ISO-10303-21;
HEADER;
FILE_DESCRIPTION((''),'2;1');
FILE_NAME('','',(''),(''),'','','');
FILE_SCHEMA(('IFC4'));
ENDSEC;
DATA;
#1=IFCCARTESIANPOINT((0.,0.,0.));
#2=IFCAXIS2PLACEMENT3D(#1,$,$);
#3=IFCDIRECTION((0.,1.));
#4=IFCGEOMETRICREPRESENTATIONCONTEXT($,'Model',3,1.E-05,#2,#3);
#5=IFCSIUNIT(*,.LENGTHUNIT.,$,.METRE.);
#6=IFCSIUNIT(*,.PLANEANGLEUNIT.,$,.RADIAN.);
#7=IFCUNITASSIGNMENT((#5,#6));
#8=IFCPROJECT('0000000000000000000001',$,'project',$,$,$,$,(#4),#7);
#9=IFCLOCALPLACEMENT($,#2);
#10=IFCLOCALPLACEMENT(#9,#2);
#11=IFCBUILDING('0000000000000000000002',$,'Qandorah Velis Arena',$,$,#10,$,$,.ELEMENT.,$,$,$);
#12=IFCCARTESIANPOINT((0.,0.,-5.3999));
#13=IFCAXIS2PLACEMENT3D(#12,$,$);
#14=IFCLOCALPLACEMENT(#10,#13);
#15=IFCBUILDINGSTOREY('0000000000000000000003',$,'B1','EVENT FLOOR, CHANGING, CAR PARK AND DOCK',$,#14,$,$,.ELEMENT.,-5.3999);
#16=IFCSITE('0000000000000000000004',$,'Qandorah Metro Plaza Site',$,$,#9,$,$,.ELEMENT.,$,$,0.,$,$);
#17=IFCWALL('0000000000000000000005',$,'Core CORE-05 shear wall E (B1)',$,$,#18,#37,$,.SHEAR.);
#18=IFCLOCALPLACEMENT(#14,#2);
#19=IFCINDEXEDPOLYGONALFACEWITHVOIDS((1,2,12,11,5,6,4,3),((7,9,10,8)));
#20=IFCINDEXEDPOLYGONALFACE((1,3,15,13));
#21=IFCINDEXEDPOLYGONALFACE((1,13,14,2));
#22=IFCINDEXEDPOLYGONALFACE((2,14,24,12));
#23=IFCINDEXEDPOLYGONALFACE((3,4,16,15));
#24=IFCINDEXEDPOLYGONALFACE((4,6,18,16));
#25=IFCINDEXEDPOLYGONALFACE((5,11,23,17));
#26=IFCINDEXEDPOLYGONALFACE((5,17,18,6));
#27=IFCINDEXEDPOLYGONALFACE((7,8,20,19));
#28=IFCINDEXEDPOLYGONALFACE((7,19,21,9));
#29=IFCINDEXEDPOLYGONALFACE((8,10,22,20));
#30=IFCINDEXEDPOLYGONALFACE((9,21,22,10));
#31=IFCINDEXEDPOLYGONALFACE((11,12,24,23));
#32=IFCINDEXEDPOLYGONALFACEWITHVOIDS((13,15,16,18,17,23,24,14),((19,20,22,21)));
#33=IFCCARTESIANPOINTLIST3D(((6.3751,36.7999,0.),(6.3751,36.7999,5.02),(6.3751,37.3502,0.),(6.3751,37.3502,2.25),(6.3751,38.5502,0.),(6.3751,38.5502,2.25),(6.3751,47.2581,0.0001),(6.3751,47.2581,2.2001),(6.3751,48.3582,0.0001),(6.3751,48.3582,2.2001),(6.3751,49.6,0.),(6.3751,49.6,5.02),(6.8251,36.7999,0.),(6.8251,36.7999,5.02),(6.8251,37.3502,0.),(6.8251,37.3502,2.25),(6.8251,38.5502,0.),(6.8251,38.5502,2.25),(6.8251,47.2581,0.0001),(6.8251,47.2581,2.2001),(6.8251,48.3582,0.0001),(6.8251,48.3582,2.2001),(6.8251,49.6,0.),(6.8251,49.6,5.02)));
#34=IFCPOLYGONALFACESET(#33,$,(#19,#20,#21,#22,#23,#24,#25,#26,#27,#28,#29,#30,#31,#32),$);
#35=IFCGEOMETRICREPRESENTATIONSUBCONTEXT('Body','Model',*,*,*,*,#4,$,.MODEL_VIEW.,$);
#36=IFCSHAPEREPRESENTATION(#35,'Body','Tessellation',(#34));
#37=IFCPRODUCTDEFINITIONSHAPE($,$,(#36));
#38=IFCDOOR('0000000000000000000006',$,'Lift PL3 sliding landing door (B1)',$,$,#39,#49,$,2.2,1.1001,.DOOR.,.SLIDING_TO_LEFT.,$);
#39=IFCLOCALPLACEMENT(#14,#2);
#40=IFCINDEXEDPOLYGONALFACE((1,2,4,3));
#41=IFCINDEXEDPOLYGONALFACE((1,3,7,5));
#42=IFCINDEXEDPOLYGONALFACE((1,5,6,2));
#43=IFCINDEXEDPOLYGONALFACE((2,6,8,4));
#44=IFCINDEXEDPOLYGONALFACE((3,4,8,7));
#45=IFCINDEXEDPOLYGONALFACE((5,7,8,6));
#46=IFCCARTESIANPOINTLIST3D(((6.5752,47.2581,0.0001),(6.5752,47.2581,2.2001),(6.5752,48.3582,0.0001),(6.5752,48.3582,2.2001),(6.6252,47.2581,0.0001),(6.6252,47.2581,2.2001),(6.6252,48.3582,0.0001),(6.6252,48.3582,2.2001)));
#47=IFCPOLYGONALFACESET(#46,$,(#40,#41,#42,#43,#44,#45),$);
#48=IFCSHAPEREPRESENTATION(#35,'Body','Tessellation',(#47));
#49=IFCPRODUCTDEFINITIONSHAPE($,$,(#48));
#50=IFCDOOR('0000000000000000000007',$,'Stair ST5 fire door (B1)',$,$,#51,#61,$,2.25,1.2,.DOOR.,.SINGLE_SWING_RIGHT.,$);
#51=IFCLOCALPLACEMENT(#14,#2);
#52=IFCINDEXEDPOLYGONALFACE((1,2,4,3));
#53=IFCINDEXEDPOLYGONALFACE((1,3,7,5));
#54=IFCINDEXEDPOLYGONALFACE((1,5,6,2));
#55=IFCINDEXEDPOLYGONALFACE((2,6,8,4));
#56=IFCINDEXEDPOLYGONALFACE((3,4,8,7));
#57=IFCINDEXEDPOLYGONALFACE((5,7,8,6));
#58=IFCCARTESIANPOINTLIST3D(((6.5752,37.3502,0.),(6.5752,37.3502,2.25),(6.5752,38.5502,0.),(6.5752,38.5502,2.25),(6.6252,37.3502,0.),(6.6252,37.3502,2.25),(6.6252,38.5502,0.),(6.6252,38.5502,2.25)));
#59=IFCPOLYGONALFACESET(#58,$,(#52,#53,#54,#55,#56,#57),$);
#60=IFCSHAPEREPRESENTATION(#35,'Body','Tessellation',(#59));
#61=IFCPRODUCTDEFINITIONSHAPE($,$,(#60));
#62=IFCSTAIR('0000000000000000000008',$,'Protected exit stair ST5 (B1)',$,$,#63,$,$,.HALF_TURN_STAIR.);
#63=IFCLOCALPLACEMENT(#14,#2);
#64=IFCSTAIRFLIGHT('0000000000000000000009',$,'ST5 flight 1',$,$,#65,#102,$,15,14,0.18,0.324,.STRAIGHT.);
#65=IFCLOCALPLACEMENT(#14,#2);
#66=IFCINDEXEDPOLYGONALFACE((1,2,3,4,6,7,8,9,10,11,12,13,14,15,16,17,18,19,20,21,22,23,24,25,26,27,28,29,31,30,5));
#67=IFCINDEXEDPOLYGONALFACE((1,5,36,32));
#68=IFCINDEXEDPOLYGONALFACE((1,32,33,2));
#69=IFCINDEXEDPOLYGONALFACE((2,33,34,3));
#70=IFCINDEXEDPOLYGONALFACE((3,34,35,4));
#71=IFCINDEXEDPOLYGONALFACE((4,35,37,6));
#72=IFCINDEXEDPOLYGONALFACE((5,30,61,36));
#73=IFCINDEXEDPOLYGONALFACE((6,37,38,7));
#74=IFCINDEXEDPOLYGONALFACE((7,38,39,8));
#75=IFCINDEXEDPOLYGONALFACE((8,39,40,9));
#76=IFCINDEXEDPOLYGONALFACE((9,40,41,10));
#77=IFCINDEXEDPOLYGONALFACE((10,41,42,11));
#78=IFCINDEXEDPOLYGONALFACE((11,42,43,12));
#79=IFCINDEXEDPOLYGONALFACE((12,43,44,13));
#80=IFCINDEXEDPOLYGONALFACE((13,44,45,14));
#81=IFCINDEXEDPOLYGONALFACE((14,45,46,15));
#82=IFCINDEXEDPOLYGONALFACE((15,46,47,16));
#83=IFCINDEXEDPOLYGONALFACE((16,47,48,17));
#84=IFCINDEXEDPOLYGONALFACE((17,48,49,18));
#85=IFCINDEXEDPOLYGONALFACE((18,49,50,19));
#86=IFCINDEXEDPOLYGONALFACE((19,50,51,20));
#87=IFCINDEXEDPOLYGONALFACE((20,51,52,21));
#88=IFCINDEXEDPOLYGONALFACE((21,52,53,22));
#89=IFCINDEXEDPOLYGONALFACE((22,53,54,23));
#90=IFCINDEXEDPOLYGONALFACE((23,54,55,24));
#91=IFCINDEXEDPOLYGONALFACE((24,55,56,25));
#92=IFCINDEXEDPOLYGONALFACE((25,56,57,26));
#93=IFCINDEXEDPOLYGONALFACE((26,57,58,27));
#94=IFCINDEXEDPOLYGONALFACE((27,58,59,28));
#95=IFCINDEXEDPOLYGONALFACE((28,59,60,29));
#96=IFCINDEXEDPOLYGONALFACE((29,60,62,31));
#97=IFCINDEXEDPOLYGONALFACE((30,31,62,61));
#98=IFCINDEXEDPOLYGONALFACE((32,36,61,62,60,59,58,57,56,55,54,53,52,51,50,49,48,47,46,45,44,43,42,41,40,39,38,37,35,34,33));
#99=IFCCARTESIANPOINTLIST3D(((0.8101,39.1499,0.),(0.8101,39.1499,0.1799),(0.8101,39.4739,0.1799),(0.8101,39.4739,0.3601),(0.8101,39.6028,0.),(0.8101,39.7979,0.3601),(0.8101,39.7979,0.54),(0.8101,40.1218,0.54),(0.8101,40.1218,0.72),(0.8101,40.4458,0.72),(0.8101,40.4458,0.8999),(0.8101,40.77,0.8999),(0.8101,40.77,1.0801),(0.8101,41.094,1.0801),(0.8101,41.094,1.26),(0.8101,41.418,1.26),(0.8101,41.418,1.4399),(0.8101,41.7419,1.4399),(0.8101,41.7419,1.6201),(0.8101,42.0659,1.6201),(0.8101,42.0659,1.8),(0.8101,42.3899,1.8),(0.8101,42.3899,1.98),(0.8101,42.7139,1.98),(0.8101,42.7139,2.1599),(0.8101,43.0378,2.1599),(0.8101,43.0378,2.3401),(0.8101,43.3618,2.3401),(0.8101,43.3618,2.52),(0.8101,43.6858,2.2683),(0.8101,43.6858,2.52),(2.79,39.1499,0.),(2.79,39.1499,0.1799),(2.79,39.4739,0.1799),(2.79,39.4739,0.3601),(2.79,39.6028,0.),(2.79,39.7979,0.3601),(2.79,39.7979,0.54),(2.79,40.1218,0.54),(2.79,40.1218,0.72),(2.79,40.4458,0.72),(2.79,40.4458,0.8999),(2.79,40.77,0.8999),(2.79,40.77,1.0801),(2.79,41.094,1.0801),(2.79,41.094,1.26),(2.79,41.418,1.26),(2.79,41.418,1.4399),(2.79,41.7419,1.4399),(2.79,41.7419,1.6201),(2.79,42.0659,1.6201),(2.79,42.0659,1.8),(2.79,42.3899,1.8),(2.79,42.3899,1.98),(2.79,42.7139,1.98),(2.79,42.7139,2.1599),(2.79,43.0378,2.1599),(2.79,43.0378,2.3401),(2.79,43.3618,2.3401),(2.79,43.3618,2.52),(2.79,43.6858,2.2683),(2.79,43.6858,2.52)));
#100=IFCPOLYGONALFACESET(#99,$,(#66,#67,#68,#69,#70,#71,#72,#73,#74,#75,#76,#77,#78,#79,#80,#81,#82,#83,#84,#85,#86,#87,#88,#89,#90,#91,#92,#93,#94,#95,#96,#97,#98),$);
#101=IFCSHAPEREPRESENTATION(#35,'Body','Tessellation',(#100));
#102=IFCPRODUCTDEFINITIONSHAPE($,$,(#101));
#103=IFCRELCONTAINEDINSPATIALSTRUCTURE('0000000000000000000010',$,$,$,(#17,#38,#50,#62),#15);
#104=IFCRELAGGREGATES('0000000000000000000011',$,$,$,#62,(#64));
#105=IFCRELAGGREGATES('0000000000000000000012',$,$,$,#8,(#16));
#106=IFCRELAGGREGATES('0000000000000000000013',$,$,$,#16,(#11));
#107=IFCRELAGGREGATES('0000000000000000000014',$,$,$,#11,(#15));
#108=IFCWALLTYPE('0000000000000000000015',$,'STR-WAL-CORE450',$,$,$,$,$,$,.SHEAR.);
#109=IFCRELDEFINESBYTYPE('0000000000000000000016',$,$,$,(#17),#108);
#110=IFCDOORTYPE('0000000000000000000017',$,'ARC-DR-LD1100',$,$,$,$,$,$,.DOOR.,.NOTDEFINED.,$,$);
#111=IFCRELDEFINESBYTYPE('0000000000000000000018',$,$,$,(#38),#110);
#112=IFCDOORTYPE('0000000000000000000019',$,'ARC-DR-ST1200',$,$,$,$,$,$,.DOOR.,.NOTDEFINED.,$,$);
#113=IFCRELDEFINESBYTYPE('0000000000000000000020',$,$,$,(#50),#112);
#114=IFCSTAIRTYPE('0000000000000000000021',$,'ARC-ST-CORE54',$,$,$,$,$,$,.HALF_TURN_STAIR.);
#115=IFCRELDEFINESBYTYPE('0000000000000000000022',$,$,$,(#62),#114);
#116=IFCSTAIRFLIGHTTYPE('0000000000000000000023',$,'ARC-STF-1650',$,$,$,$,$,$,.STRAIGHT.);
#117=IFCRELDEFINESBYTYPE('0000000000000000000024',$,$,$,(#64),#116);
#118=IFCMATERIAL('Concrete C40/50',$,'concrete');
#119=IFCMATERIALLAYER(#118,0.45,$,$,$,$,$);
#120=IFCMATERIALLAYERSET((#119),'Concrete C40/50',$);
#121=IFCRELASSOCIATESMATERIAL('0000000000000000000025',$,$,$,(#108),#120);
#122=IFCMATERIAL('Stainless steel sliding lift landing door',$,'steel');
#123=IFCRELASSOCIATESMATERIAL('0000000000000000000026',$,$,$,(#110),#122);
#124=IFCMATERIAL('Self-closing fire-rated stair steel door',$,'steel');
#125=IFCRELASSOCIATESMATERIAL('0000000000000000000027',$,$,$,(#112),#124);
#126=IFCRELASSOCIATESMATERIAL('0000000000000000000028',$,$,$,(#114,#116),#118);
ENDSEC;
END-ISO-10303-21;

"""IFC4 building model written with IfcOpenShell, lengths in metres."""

from ifc_helpers import new_model, si_unit, direction, frame, frame_2d, origin, place, context, subcontext, project, spatial, polyline, rectangle, outline, extrude, material, layer, layer_set, type_object, element, fill, aggregate, save


model = new_model("IFC4")

# Units and contexts
model_context = context("Model", 3, precision=1e-05, world=origin(), true_north=direction((0.0, 1.0)))
body_context = subcontext(model_context, "Body", "Model", "MODEL_VIEW")
ifc_project = project(units=[si_unit("LENGTHUNIT", "METRE"), si_unit("PLANEANGLEUNIT", "RADIAN")], contexts=[model_context])

# Site, building, storey
site_placement = place(None, origin())
site = spatial("IfcSite", under=ifc_project, at=site_placement, Name="Qandorah Metro Plaza Site", CompositionType="ELEMENT", RefElevation=0.0)
building_placement = place(site_placement, origin())
building = spatial("IfcBuilding", under=site, at=building_placement, Name="Qandorah Velis Arena", CompositionType="ELEMENT")
storey_placement = place(building_placement, frame((0.0, 0.0, -5.3999)))
storey = spatial("IfcBuildingStorey", under=building, at=storey_placement, Name="B1", Description="EVENT FLOOR, CHANGING, CAR PARK AND DOCK", CompositionType="ELEMENT", Elevation=-5.3999)

# Shared definitions
ifc_material_1 = material(Name="Concrete C40/50", Category="concrete")

# Shared definitions
ifc_layer = layer(ifc_material_1, 0.45)
ifc_layer_set = layer_set([ifc_layer], Name="Concrete C40/50")
wall_type = type_object("IfcWallType", Name="STR-WAL-CORE450", PredefinedType="SHEAR", material=ifc_layer_set)

# Wall, openings, doors
wall_1_placement = place(storey_placement, frame((6.6001, 36.8, 0.0), z_axis=(0.0, 0.0, 1.0), x_axis=(0.0, 1.0, 0.0)))
wall_1 = element("IfcWall", 1, at=wall_1_placement, inside=storey, type_object=wall_type, Name="Core CORE-05 shear wall E (B1)", PredefinedType="SHEAR", context=body_context, shape_type="SweptSolid", body=[
    extrude(rectangle(XDim=12.8, YDim=0.45, at=frame_2d((6.3999, 0.0))), origin(), (0.0, 0.0, 1.0), 5.02),
])
opening_1_placement = place(wall_1_placement, frame((0.55, 0.0, 0.0)))
opening_1 = element("IfcOpeningElement", 2, at=opening_1_placement, cuts=wall_1, PredefinedType="OPENING", context=body_context, shape_type="SweptSolid", body=[
    extrude(rectangle(XDim=1.2, YDim=2.25, at=frame_2d((0.6001, 1.125))), frame((0.0, 0.2349, 0.0), z_axis=(0.0, -1.0, 0.0), x_axis=(1.0, 0.0, 0.0)), (0.0, 0.0, 1.0), 0.47),
])
opening_2_placement = place(wall_1_placement, frame((10.458, 0.0, 0.0)))
opening_2 = element("IfcOpeningElement", 3, at=opening_2_placement, cuts=wall_1, PredefinedType="OPENING", context=body_context, shape_type="SweptSolid", body=[
    extrude(rectangle(XDim=1.1001, YDim=2.2, at=frame_2d((0.55, 1.1001))), frame((0.0, 0.2349, 0.0), z_axis=(0.0, -1.0, 0.0), x_axis=(1.0, 0.0, 0.0)), (0.0, 0.0, 1.0), 0.47),
])
ifc_material_2 = material(Name="Stainless steel sliding lift landing door", Category="steel")
door_type_1 = type_object("IfcDoorType", Name="ARC-DR-LD1100", OperationType="NOTDEFINED", PredefinedType="DOOR", material=ifc_material_2)
door_1_placement = place(opening_2_placement, origin())
door_1 = element("IfcDoor", 4, at=door_1_placement, inside=storey, type_object=door_type_1, Name="Lift PL3 sliding landing door (B1)", OperationType="SLIDING_TO_LEFT", OverallHeight=2.2, OverallWidth=1.1001, PredefinedType="DOOR", context=body_context, shape_type="SweptSolid", body=[
    extrude(rectangle(XDim=1.1001, YDim=2.2, at=frame_2d((0.55, 1.1001))), frame((0.0, 0.0249, 0.0), z_axis=(0.0, -1.0, 0.0), x_axis=(1.0, 0.0, 0.0)), (0.0, 0.0, 1.0), 0.05),
])
fill(opening_2, door_1)
ifc_material_3 = material(Name="Self-closing fire-rated stair steel door", Category="steel")
door_type_2 = type_object("IfcDoorType", Name="ARC-DR-ST1200", OperationType="NOTDEFINED", PredefinedType="DOOR", material=ifc_material_3)
door_2_placement = place(opening_1_placement, origin())
door_2 = element("IfcDoor", 5, at=door_2_placement, inside=storey, type_object=door_type_2, Name="Stair ST5 fire door (B1)", OperationType="SINGLE_SWING_RIGHT", OverallHeight=2.25, OverallWidth=1.2, PredefinedType="DOOR", context=body_context, shape_type="SweptSolid", body=[
    extrude(rectangle(XDim=1.2, YDim=2.25, at=frame_2d((0.6001, 1.125))), frame((0.0, 0.0249, 0.0), z_axis=(0.0, -1.0, 0.0), x_axis=(1.0, 0.0, 0.0)), (0.0, 0.0, 1.0), 0.05),
])
fill(opening_1, door_2)

# Stair, stair flight
stair_type = type_object("IfcStairType", Name="ARC-ST-CORE54", PredefinedType="HALF_TURN_STAIR", material=ifc_material_1)
stair_placement = place(storey_placement, origin())
stair = element("IfcStair", 6, at=stair_placement, inside=storey, type_object=stair_type, Name="Protected exit stair ST5 (B1)", PredefinedType="HALF_TURN_STAIR")
stair_flight_type = type_object("IfcStairFlightType", Name="ARC-STF-1650", PredefinedType="STRAIGHT", material=ifc_material_1)
stair_flight_placement = place(storey_placement, frame((1.8, 39.1499, 0.0), z_axis=(0.0, 0.0, 1.0), x_axis=(0.0, 1.0, 0.0)))
stair_flight = element("IfcStairFlight", 7, at=stair_flight_placement, type_object=stair_flight_type, Name="ST5 flight 1", NumberOfRisers=15, NumberOfTreads=14, PredefinedType="STRAIGHT", RiserHeight=0.18, TreadLength=0.324, context=body_context, shape_type="SweptSolid", body=[
    extrude(outline(polyline([(0.0, 0.0), (0.0, 0.1799), (0.324, 0.1799), (0.324, 0.3601), (0.6479, 0.3601), (0.6479, 0.54), (0.9719, 0.54), (0.9719, 0.72), (1.2959, 0.72), (1.2959, 0.8999), (1.6201, 0.8999), (1.6201, 1.0801), (1.9441, 1.0801), (1.9441, 1.26), (2.2681, 1.26), (2.2681, 1.4399), (2.592, 1.4399), (2.592, 1.6201), (2.916, 1.6201), (2.916, 1.8), (3.24, 1.8), (3.24, 1.98), (3.564, 1.98), (3.564, 2.1599), (3.8879, 2.1599), (3.8879, 2.3401), (4.2119, 2.3401), (4.2119, 2.52), (4.5359, 2.52), (4.5359, 2.7), (4.5359, 2.2683), (0.4529, 0.0), (0.0, 0.0)])), frame((0.0, 0.99, 0.0), z_axis=(0.0, -1.0, 0.0), x_axis=(1.0, 0.0, 0.0)), (0.0, 0.0, 1.0), 1.98),
])
aggregate(stair, [stair_flight])

save(model, "model.ifc")
